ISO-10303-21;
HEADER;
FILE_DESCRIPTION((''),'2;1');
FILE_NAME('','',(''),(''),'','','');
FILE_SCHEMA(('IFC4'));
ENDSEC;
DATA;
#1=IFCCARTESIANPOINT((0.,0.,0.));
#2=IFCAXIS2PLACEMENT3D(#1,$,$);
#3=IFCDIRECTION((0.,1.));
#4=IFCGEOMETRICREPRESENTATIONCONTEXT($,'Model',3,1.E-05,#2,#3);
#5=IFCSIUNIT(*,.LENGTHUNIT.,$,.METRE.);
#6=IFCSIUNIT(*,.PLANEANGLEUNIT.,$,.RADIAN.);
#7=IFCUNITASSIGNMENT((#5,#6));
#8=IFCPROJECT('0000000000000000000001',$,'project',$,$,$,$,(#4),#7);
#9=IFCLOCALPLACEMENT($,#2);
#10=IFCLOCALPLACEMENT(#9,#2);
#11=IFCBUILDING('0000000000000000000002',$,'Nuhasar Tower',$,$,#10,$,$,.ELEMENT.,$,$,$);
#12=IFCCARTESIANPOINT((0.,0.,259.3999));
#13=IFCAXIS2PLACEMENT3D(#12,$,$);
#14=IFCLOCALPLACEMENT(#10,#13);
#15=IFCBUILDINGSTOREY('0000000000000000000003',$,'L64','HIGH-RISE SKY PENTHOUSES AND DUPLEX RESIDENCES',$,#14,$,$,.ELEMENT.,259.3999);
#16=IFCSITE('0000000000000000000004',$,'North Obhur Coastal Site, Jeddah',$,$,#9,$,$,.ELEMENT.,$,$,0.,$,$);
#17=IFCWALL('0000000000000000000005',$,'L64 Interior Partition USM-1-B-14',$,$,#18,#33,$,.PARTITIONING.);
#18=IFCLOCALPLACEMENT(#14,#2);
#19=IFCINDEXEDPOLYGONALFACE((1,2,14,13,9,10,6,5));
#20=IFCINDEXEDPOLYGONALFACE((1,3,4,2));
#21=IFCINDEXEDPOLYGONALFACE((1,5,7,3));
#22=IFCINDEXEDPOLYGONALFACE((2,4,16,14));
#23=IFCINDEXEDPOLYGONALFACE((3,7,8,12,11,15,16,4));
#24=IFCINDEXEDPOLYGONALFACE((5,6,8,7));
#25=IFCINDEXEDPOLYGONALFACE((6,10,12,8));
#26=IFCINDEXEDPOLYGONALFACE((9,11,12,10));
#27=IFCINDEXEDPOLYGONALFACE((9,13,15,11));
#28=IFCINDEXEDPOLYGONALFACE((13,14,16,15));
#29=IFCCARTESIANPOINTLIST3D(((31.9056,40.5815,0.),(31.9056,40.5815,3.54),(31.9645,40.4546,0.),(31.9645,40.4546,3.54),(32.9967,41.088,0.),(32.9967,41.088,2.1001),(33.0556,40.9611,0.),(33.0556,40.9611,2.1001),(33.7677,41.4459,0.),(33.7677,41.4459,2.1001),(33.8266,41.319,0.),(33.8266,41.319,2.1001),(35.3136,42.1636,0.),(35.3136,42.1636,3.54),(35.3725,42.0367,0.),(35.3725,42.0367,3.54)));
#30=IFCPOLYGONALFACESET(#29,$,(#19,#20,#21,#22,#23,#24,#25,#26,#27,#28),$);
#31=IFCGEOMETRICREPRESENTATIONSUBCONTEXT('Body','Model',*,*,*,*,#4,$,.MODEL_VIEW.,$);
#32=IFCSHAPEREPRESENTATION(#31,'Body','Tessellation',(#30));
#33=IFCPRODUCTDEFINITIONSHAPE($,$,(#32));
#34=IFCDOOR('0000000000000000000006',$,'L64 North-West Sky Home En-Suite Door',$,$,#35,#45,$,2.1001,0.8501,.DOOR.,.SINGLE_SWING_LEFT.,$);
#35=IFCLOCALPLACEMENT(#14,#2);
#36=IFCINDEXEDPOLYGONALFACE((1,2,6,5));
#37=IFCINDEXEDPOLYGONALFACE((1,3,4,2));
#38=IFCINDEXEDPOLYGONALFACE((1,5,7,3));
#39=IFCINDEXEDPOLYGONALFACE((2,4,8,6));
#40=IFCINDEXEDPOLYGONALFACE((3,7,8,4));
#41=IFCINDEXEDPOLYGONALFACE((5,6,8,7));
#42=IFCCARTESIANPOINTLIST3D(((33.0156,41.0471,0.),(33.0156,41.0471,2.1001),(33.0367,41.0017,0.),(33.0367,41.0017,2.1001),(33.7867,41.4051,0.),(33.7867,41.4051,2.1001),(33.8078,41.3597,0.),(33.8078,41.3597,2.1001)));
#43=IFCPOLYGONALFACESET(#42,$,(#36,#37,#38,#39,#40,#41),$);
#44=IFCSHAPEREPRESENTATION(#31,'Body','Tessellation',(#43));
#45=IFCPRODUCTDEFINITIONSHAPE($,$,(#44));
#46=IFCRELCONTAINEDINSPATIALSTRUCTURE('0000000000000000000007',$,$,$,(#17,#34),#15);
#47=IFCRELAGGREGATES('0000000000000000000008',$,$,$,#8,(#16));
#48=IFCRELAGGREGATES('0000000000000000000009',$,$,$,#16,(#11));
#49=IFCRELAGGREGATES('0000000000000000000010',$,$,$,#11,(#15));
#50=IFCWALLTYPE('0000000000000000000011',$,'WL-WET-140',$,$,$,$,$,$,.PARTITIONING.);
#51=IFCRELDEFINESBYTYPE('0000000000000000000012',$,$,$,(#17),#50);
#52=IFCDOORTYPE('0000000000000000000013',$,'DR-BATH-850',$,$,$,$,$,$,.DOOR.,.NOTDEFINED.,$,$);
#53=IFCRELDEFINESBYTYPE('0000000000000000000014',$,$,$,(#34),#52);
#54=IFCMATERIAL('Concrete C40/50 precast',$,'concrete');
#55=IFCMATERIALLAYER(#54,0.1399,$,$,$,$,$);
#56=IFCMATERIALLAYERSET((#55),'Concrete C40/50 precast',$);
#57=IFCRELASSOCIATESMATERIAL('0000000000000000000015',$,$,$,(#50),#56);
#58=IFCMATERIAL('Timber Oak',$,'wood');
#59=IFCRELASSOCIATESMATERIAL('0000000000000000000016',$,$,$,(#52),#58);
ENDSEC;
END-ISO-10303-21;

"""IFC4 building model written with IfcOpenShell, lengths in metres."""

from ifc_helpers import new_model, si_unit, direction, frame, frame_2d, origin, place, context, subcontext, project, spatial, rectangle, extrude, material, layer, layer_set, type_object, element, fill, save


model = new_model("IFC4")

# Units and contexts
model_context = context("Model", 3, precision=1e-05, world=origin(), true_north=direction((0.0, 1.0)))
body_context = subcontext(model_context, "Body", "Model", "MODEL_VIEW")
ifc_project = project(units=[si_unit("LENGTHUNIT", "METRE"), si_unit("PLANEANGLEUNIT", "RADIAN")], contexts=[model_context])

# Site, building, storey
site_placement = place(None, origin())
site = spatial("IfcSite", under=ifc_project, at=site_placement, Name="North Obhur Coastal Site, Jeddah", CompositionType="ELEMENT", RefElevation=0.0)
building_placement = place(site_placement, origin())
building = spatial("IfcBuilding", under=site, at=building_placement, Name="Nuhasar Tower", CompositionType="ELEMENT")
storey_placement = place(building_placement, frame((0.0, 0.0, 259.3999)))
storey = spatial("IfcBuildingStorey", under=building, at=storey_placement, Name="L64", Description="HIGH-RISE SKY PENTHOUSES AND DUPLEX RESIDENCES", CompositionType="ELEMENT", Elevation=259.3999)

# Shared definitions
ifc_material_1 = material(Name="Concrete C40/50 precast", Category="concrete")

# Shared definitions
ifc_layer_1 = layer(ifc_material_1, 0.1399)
ifc_layer_set_1 = layer_set([ifc_layer_1], Name="Concrete C40/50 precast")
wall_type_1 = type_object("IfcWallType", Name="WL-WET-140", PredefinedType="PARTITIONING", material=ifc_layer_set_1)
ifc_material_2 = material(Name="Timber Oak", Category="wood")
door_type_1 = type_object("IfcDoorType", Name="DR-BATH-850", OperationType="NOTDEFINED", PredefinedType="DOOR", material=ifc_material_2)

# Wall, opening, door
wall_1_placement = place(storey_placement, frame((31.9351, 40.5181, 0.0), z_axis=(0.0, 0.0, 1.0), x_axis=(0.907033, 0.42106, 0.0)))
wall_1 = element("IfcWall", 1, at=wall_1_placement, inside=storey, type_object=wall_type_1, Name="L64 Interior Partition USM-1-B-14", PredefinedType="PARTITIONING", context=body_context, shape_type="SweptSolid", body=[
    extrude(rectangle(XDim=3.7573, YDim=0.1399, at=frame_2d((1.8787, 0.0))), origin(), (0.0, 0.0, 1.0), 3.54),
])
opening_1_placement = place(wall_1_placement, frame((1.2029, 0.0, 0.0)))
opening_1 = element("IfcOpeningElement", 2, at=opening_1_placement, cuts=wall_1, PredefinedType="OPENING", context=body_context, shape_type="SweptSolid", body=[
    extrude(rectangle(XDim=0.8501, YDim=2.1001, at=frame_2d((0.425, 1.05))), frame((0.0, 0.0801, 0.0), z_axis=(0.0, -1.0, 0.0), x_axis=(1.0, 0.0, 0.0)), (0.0, 0.0, 1.0), 0.1599),
])
door_1_placement = place(opening_1_placement, origin())
door_1 = element("IfcDoor", 3, at=door_1_placement, inside=storey, type_object=door_type_1, Name="L64 North-West Sky Home En-Suite Door", OperationType="SINGLE_SWING_LEFT", OverallHeight=2.1001, OverallWidth=0.8501, PredefinedType="DOOR", context=body_context, shape_type="SweptSolid", body=[
    extrude(rectangle(XDim=0.8501, YDim=2.1001, at=frame_2d((0.425, 1.05))), frame((0.0, 0.0249, 0.0), z_axis=(0.0, -1.0, 0.0), x_axis=(1.0, 0.0, 0.0)), (0.0, 0.0, 1.0), 0.05),
])
fill(opening_1, door_1)

save(model, "model.ifc")
